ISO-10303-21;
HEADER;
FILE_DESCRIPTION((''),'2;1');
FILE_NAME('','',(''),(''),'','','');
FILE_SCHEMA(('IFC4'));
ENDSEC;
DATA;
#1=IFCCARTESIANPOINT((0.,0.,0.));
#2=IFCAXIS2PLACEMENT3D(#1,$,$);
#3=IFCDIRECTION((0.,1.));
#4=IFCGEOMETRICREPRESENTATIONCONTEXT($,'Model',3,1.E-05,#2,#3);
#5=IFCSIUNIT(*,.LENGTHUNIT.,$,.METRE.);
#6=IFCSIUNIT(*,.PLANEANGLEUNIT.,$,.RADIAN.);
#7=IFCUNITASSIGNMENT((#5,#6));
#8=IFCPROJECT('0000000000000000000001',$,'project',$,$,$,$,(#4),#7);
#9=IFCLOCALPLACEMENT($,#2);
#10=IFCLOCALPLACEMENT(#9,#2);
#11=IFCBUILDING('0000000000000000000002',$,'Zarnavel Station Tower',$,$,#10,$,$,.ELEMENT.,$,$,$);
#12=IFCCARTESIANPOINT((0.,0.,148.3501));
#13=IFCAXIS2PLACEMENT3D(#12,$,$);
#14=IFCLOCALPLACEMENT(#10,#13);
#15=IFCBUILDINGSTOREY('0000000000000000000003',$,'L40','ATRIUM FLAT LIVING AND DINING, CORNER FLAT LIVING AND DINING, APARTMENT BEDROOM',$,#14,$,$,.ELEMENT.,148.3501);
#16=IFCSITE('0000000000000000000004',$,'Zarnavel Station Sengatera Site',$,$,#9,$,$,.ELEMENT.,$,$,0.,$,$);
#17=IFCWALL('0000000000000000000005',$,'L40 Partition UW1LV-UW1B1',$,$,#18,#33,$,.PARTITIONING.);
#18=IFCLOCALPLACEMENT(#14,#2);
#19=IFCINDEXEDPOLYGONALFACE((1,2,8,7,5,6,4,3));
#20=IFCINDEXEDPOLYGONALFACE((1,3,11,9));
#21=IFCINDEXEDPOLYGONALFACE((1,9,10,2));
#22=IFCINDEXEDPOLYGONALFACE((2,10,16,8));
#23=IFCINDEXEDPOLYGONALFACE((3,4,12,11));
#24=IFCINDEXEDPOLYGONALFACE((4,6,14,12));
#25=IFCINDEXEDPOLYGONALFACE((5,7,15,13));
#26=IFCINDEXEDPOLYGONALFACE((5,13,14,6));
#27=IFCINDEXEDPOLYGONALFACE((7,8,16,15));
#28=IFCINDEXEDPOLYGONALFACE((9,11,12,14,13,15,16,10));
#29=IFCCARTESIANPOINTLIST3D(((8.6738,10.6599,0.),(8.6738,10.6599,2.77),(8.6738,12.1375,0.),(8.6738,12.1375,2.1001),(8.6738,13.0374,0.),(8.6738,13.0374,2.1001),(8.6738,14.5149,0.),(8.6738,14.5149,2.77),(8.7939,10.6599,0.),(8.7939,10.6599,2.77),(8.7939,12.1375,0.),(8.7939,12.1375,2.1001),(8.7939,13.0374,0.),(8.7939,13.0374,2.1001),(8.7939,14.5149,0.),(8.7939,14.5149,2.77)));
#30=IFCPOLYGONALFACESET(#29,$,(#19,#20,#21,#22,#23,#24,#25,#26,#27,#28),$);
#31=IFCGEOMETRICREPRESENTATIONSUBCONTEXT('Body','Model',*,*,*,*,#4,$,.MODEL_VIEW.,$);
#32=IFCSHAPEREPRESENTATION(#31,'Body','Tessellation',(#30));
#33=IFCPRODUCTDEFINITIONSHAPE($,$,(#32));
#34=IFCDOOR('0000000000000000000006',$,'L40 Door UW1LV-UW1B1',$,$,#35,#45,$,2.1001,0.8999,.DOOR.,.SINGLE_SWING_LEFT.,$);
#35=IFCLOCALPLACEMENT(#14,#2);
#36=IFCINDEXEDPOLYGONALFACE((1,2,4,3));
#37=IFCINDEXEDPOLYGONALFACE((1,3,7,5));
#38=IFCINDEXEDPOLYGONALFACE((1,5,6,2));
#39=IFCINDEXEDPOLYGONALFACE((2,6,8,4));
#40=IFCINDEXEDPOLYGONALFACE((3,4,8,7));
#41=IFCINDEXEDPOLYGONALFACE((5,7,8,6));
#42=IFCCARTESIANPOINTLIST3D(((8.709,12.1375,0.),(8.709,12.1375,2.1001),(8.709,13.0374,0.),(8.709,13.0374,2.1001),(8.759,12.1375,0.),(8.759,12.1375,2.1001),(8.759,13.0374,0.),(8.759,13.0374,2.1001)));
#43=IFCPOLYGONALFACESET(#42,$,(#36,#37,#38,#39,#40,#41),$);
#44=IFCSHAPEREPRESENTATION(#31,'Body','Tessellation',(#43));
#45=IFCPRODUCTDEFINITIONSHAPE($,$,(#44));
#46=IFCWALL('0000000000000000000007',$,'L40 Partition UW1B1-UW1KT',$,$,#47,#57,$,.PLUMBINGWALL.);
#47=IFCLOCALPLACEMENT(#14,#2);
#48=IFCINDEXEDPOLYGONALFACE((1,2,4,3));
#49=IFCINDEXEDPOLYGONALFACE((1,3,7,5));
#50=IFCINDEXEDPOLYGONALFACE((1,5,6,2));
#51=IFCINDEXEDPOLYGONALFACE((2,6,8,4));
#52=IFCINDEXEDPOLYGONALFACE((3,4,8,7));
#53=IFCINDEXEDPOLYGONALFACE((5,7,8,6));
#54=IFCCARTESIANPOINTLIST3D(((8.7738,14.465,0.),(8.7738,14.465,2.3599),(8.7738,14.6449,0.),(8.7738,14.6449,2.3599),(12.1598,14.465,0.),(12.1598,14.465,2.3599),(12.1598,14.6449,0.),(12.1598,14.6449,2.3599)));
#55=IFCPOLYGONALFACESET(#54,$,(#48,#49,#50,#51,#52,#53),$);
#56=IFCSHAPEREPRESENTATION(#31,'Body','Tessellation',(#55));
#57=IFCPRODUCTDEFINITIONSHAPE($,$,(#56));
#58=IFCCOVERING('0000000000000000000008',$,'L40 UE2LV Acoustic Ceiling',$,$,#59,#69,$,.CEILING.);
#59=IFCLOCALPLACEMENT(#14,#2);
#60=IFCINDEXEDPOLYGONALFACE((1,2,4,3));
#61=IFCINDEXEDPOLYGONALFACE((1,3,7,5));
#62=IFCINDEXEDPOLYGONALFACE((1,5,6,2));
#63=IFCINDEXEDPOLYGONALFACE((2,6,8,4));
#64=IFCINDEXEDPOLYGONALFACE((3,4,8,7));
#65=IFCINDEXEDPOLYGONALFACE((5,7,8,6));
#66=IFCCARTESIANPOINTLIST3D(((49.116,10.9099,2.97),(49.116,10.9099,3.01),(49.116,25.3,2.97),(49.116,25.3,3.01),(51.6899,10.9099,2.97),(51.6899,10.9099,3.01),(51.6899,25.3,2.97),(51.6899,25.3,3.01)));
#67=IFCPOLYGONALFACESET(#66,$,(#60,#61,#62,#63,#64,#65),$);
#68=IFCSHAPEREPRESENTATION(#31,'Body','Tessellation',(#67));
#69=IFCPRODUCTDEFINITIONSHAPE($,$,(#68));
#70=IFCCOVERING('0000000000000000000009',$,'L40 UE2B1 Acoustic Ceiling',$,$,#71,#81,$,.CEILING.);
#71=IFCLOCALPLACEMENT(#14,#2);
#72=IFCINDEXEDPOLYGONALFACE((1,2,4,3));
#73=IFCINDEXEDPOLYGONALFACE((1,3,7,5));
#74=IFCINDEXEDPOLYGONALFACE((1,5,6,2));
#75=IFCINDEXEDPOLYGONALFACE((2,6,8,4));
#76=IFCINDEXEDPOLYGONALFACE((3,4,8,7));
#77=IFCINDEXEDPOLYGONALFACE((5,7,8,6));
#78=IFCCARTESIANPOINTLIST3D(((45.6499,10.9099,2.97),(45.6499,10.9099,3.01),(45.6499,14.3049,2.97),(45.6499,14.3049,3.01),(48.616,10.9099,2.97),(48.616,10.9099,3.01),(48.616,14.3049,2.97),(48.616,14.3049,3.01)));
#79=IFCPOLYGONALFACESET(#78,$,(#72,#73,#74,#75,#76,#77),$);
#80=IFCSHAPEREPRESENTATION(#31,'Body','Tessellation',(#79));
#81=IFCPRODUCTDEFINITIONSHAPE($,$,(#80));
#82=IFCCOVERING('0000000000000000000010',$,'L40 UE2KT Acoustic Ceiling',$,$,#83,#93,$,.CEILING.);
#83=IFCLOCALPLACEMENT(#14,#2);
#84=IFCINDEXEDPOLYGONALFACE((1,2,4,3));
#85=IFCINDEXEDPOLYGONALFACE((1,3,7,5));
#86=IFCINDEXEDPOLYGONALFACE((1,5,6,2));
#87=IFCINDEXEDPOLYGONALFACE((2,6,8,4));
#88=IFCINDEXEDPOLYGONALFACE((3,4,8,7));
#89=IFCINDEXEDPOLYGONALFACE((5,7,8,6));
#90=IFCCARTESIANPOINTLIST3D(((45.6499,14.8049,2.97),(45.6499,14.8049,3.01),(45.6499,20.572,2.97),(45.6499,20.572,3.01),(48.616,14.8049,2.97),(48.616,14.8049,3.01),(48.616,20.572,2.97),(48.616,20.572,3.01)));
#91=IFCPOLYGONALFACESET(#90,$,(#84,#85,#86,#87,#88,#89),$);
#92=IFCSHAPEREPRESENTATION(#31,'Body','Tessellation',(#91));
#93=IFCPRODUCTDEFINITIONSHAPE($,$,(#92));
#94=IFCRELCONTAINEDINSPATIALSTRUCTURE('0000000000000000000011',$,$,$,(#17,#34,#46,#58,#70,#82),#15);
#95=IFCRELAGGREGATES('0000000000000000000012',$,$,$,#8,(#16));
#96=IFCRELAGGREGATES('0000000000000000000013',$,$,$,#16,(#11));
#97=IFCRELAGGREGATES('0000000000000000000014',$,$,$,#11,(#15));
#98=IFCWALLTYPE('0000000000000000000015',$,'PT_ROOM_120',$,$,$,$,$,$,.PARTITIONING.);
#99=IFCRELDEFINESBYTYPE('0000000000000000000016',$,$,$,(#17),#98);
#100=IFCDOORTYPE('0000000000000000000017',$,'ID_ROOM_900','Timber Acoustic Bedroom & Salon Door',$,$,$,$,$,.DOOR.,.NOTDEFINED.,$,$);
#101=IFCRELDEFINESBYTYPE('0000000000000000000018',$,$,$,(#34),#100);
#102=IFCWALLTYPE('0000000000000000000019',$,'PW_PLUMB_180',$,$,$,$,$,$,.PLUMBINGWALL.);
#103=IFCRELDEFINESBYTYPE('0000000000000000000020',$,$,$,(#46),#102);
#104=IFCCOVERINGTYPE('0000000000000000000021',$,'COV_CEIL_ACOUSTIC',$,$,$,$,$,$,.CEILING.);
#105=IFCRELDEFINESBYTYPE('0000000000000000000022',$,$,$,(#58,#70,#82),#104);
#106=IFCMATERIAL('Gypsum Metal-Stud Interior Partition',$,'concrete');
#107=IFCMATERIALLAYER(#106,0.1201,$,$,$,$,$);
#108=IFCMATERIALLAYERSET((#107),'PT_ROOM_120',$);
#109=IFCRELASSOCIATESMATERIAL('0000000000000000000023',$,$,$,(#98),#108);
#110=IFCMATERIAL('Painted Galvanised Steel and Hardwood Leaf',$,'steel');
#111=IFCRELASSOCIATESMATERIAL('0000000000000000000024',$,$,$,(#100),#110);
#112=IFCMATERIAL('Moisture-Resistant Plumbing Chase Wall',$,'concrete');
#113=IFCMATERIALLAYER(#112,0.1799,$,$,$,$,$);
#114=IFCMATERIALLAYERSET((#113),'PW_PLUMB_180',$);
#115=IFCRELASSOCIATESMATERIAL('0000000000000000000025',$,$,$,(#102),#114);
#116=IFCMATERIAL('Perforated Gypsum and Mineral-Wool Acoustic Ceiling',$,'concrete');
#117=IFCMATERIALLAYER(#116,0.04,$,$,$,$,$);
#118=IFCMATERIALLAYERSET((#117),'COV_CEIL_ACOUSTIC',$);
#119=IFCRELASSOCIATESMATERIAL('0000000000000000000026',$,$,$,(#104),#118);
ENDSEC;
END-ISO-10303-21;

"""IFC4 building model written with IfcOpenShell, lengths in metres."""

from ifc_helpers import new_model, si_unit, direction, frame, frame_2d, origin, place, context, subcontext, project, spatial, polyline, rectangle, outline, extrude, material, layer, layer_set, type_object, element, fill, save


model = new_model("IFC4")

# Units and contexts
model_context = context("Model", 3, precision=1e-05, world=origin(), true_north=direction((0.0, 1.0)))
body_context = subcontext(model_context, "Body", "Model", "MODEL_VIEW")
ifc_project = project(units=[si_unit("LENGTHUNIT", "METRE"), si_unit("PLANEANGLEUNIT", "RADIAN")], contexts=[model_context])

# Site, building, storey
site_placement = place(None, origin())
site = spatial("IfcSite", under=ifc_project, at=site_placement, Name="Zarnavel Station Sengatera Site", CompositionType="ELEMENT", RefElevation=0.0)
building_placement = place(site_placement, origin())
building = spatial("IfcBuilding", under=site, at=building_placement, Name="Zarnavel Station Tower", CompositionType="ELEMENT")
storey_placement = place(building_placement, frame((0.0, 0.0, 148.3501)))
storey = spatial("IfcBuildingStorey", under=building, at=storey_placement, Name="L40", Description="ATRIUM FLAT LIVING AND DINING, CORNER FLAT LIVING AND DINING, APARTMENT BEDROOM", CompositionType="ELEMENT", Elevation=148.3501)

# Wall, opening, door
ifc_material_1 = material(Name="Gypsum Metal-Stud Interior Partition", Category="concrete")
ifc_layer_1 = layer(ifc_material_1, 0.1201)
ifc_layer_set_1 = layer_set([ifc_layer_1], Name="PT_ROOM_120")
wall_type_1 = type_object("IfcWallType", Name="PT_ROOM_120", PredefinedType="PARTITIONING", material=ifc_layer_set_1)
wall_1_placement = place(storey_placement, frame((8.7339, 10.6599, 0.0), z_axis=(0.0, 0.0, 1.0), x_axis=(0.0, 1.0, 0.0)))
wall_1 = element("IfcWall", 1, at=wall_1_placement, inside=storey, type_object=wall_type_1, Name="L40 Partition UW1LV-UW1B1", PredefinedType="PARTITIONING", context=body_context, shape_type="SweptSolid", body=[
    extrude(rectangle(XDim=3.855, YDim=0.1201, at=frame_2d((1.9275, 0.0))), origin(), (0.0, 0.0, 1.0), 2.77),
])
opening_1_placement = place(wall_1_placement, frame((1.4775, 0.0, 0.0)))
opening_1 = element("IfcOpeningElement", 2, at=opening_1_placement, cuts=wall_1, PredefinedType="OPENING", context=body_context, shape_type="SweptSolid", body=[
    extrude(rectangle(XDim=0.8999, YDim=2.1001, at=frame_2d((0.45, 1.05))), frame((0.0, 0.0701, 0.0), z_axis=(0.0, -1.0, 0.0), x_axis=(1.0, 0.0, 0.0)), (0.0, 0.0, 1.0), 0.1401),
])
ifc_material_2 = material(Name="Painted Galvanised Steel and Hardwood Leaf", Category="steel")
door_type_1 = type_object("IfcDoorType", Name="ID_ROOM_900", Description="Timber Acoustic Bedroom & Salon Door", OperationType="NOTDEFINED", PredefinedType="DOOR", material=ifc_material_2)
door_1_placement = place(opening_1_placement, origin())
door_1 = element("IfcDoor", 3, at=door_1_placement, inside=storey, type_object=door_type_1, Name="L40 Door UW1LV-UW1B1", OperationType="SINGLE_SWING_LEFT", OverallHeight=2.1001, OverallWidth=0.8999, PredefinedType="DOOR", context=body_context, shape_type="SweptSolid", body=[
    extrude(rectangle(XDim=0.8999, YDim=2.1001, at=frame_2d((0.45, 1.05))), frame((0.0, 0.0249, 0.0), z_axis=(0.0, -1.0, 0.0), x_axis=(1.0, 0.0, 0.0)), (0.0, 0.0, 1.0), 0.05),
])
fill(opening_1, door_1)
ifc_material_3 = material(Name="Moisture-Resistant Plumbing Chase Wall", Category="concrete")
ifc_layer_2 = layer(ifc_material_3, 0.1799)
ifc_layer_set_2 = layer_set([ifc_layer_2], Name="PW_PLUMB_180")
wall_type_2 = type_object("IfcWallType", Name="PW_PLUMB_180", PredefinedType="PLUMBINGWALL", material=ifc_layer_set_2)

# Wall
wall_2_placement = place(storey_placement, frame((8.7739, 14.5549, 0.0), z_axis=(0.0, 0.0, 1.0), x_axis=(1.0, 0.0, 0.0)))
element("IfcWall", 4, at=wall_2_placement, inside=storey, type_object=wall_type_2, Name="L40 Partition UW1B1-UW1KT", PredefinedType="PLUMBINGWALL", context=body_context, shape_type="SweptSolid", body=[
    extrude(rectangle(XDim=3.386, YDim=0.1799, at=frame_2d((1.6929, 0.0))), origin(), (0.0, 0.0, 1.0), 2.3599),
])

# Coverings
ifc_material_4 = material(Name="Perforated Gypsum and Mineral-Wool Acoustic Ceiling", Category="concrete")
ifc_layer_3 = layer(ifc_material_4, 0.04)
ifc_layer_set_3 = layer_set([ifc_layer_3], Name="COV_CEIL_ACOUSTIC")
covering_type = type_object("IfcCoveringType", Name="COV_CEIL_ACOUSTIC", PredefinedType="CEILING", material=ifc_layer_set_3)
covering_1_placement = place(storey_placement, frame((0.0, 0.0, 2.97)))
element("IfcCovering", 5, at=covering_1_placement, inside=storey, type_object=covering_type, Name="L40 UE2LV Acoustic Ceiling", PredefinedType="CEILING", context=body_context, shape_type="SweptSolid", body=[
    extrude(outline(polyline([(49.116, 10.9099), (51.6899, 10.9099), (51.6899, 25.3), (49.116, 25.3), (49.116, 10.9099)])), origin(), (0.0, 0.0, 1.0), 0.04),
])
covering_2_placement = place(storey_placement, frame((0.0, 0.0, 2.97)))
element("IfcCovering", 6, at=covering_2_placement, inside=storey, type_object=covering_type, Name="L40 UE2B1 Acoustic Ceiling", PredefinedType="CEILING", context=body_context, shape_type="SweptSolid", body=[
    extrude(outline(polyline([(45.6499, 10.9099), (48.616, 10.9099), (48.616, 14.3049), (45.6499, 14.3049), (45.6499, 10.9099)])), origin(), (0.0, 0.0, 1.0), 0.04),
])
covering_3_placement = place(storey_placement, frame((0.0, 0.0, 2.97)))
element("IfcCovering", 7, at=covering_3_placement, inside=storey, type_object=covering_type, Name="L40 UE2KT Acoustic Ceiling", PredefinedType="CEILING", context=body_context, shape_type="SweptSolid", body=[
    extrude(outline(polyline([(45.6499, 14.8049), (48.616, 14.8049), (48.616, 20.572), (45.6499, 20.572), (45.6499, 14.8049)])), origin(), (0.0, 0.0, 1.0), 0.04),
])

save(model, "model.ifc")
